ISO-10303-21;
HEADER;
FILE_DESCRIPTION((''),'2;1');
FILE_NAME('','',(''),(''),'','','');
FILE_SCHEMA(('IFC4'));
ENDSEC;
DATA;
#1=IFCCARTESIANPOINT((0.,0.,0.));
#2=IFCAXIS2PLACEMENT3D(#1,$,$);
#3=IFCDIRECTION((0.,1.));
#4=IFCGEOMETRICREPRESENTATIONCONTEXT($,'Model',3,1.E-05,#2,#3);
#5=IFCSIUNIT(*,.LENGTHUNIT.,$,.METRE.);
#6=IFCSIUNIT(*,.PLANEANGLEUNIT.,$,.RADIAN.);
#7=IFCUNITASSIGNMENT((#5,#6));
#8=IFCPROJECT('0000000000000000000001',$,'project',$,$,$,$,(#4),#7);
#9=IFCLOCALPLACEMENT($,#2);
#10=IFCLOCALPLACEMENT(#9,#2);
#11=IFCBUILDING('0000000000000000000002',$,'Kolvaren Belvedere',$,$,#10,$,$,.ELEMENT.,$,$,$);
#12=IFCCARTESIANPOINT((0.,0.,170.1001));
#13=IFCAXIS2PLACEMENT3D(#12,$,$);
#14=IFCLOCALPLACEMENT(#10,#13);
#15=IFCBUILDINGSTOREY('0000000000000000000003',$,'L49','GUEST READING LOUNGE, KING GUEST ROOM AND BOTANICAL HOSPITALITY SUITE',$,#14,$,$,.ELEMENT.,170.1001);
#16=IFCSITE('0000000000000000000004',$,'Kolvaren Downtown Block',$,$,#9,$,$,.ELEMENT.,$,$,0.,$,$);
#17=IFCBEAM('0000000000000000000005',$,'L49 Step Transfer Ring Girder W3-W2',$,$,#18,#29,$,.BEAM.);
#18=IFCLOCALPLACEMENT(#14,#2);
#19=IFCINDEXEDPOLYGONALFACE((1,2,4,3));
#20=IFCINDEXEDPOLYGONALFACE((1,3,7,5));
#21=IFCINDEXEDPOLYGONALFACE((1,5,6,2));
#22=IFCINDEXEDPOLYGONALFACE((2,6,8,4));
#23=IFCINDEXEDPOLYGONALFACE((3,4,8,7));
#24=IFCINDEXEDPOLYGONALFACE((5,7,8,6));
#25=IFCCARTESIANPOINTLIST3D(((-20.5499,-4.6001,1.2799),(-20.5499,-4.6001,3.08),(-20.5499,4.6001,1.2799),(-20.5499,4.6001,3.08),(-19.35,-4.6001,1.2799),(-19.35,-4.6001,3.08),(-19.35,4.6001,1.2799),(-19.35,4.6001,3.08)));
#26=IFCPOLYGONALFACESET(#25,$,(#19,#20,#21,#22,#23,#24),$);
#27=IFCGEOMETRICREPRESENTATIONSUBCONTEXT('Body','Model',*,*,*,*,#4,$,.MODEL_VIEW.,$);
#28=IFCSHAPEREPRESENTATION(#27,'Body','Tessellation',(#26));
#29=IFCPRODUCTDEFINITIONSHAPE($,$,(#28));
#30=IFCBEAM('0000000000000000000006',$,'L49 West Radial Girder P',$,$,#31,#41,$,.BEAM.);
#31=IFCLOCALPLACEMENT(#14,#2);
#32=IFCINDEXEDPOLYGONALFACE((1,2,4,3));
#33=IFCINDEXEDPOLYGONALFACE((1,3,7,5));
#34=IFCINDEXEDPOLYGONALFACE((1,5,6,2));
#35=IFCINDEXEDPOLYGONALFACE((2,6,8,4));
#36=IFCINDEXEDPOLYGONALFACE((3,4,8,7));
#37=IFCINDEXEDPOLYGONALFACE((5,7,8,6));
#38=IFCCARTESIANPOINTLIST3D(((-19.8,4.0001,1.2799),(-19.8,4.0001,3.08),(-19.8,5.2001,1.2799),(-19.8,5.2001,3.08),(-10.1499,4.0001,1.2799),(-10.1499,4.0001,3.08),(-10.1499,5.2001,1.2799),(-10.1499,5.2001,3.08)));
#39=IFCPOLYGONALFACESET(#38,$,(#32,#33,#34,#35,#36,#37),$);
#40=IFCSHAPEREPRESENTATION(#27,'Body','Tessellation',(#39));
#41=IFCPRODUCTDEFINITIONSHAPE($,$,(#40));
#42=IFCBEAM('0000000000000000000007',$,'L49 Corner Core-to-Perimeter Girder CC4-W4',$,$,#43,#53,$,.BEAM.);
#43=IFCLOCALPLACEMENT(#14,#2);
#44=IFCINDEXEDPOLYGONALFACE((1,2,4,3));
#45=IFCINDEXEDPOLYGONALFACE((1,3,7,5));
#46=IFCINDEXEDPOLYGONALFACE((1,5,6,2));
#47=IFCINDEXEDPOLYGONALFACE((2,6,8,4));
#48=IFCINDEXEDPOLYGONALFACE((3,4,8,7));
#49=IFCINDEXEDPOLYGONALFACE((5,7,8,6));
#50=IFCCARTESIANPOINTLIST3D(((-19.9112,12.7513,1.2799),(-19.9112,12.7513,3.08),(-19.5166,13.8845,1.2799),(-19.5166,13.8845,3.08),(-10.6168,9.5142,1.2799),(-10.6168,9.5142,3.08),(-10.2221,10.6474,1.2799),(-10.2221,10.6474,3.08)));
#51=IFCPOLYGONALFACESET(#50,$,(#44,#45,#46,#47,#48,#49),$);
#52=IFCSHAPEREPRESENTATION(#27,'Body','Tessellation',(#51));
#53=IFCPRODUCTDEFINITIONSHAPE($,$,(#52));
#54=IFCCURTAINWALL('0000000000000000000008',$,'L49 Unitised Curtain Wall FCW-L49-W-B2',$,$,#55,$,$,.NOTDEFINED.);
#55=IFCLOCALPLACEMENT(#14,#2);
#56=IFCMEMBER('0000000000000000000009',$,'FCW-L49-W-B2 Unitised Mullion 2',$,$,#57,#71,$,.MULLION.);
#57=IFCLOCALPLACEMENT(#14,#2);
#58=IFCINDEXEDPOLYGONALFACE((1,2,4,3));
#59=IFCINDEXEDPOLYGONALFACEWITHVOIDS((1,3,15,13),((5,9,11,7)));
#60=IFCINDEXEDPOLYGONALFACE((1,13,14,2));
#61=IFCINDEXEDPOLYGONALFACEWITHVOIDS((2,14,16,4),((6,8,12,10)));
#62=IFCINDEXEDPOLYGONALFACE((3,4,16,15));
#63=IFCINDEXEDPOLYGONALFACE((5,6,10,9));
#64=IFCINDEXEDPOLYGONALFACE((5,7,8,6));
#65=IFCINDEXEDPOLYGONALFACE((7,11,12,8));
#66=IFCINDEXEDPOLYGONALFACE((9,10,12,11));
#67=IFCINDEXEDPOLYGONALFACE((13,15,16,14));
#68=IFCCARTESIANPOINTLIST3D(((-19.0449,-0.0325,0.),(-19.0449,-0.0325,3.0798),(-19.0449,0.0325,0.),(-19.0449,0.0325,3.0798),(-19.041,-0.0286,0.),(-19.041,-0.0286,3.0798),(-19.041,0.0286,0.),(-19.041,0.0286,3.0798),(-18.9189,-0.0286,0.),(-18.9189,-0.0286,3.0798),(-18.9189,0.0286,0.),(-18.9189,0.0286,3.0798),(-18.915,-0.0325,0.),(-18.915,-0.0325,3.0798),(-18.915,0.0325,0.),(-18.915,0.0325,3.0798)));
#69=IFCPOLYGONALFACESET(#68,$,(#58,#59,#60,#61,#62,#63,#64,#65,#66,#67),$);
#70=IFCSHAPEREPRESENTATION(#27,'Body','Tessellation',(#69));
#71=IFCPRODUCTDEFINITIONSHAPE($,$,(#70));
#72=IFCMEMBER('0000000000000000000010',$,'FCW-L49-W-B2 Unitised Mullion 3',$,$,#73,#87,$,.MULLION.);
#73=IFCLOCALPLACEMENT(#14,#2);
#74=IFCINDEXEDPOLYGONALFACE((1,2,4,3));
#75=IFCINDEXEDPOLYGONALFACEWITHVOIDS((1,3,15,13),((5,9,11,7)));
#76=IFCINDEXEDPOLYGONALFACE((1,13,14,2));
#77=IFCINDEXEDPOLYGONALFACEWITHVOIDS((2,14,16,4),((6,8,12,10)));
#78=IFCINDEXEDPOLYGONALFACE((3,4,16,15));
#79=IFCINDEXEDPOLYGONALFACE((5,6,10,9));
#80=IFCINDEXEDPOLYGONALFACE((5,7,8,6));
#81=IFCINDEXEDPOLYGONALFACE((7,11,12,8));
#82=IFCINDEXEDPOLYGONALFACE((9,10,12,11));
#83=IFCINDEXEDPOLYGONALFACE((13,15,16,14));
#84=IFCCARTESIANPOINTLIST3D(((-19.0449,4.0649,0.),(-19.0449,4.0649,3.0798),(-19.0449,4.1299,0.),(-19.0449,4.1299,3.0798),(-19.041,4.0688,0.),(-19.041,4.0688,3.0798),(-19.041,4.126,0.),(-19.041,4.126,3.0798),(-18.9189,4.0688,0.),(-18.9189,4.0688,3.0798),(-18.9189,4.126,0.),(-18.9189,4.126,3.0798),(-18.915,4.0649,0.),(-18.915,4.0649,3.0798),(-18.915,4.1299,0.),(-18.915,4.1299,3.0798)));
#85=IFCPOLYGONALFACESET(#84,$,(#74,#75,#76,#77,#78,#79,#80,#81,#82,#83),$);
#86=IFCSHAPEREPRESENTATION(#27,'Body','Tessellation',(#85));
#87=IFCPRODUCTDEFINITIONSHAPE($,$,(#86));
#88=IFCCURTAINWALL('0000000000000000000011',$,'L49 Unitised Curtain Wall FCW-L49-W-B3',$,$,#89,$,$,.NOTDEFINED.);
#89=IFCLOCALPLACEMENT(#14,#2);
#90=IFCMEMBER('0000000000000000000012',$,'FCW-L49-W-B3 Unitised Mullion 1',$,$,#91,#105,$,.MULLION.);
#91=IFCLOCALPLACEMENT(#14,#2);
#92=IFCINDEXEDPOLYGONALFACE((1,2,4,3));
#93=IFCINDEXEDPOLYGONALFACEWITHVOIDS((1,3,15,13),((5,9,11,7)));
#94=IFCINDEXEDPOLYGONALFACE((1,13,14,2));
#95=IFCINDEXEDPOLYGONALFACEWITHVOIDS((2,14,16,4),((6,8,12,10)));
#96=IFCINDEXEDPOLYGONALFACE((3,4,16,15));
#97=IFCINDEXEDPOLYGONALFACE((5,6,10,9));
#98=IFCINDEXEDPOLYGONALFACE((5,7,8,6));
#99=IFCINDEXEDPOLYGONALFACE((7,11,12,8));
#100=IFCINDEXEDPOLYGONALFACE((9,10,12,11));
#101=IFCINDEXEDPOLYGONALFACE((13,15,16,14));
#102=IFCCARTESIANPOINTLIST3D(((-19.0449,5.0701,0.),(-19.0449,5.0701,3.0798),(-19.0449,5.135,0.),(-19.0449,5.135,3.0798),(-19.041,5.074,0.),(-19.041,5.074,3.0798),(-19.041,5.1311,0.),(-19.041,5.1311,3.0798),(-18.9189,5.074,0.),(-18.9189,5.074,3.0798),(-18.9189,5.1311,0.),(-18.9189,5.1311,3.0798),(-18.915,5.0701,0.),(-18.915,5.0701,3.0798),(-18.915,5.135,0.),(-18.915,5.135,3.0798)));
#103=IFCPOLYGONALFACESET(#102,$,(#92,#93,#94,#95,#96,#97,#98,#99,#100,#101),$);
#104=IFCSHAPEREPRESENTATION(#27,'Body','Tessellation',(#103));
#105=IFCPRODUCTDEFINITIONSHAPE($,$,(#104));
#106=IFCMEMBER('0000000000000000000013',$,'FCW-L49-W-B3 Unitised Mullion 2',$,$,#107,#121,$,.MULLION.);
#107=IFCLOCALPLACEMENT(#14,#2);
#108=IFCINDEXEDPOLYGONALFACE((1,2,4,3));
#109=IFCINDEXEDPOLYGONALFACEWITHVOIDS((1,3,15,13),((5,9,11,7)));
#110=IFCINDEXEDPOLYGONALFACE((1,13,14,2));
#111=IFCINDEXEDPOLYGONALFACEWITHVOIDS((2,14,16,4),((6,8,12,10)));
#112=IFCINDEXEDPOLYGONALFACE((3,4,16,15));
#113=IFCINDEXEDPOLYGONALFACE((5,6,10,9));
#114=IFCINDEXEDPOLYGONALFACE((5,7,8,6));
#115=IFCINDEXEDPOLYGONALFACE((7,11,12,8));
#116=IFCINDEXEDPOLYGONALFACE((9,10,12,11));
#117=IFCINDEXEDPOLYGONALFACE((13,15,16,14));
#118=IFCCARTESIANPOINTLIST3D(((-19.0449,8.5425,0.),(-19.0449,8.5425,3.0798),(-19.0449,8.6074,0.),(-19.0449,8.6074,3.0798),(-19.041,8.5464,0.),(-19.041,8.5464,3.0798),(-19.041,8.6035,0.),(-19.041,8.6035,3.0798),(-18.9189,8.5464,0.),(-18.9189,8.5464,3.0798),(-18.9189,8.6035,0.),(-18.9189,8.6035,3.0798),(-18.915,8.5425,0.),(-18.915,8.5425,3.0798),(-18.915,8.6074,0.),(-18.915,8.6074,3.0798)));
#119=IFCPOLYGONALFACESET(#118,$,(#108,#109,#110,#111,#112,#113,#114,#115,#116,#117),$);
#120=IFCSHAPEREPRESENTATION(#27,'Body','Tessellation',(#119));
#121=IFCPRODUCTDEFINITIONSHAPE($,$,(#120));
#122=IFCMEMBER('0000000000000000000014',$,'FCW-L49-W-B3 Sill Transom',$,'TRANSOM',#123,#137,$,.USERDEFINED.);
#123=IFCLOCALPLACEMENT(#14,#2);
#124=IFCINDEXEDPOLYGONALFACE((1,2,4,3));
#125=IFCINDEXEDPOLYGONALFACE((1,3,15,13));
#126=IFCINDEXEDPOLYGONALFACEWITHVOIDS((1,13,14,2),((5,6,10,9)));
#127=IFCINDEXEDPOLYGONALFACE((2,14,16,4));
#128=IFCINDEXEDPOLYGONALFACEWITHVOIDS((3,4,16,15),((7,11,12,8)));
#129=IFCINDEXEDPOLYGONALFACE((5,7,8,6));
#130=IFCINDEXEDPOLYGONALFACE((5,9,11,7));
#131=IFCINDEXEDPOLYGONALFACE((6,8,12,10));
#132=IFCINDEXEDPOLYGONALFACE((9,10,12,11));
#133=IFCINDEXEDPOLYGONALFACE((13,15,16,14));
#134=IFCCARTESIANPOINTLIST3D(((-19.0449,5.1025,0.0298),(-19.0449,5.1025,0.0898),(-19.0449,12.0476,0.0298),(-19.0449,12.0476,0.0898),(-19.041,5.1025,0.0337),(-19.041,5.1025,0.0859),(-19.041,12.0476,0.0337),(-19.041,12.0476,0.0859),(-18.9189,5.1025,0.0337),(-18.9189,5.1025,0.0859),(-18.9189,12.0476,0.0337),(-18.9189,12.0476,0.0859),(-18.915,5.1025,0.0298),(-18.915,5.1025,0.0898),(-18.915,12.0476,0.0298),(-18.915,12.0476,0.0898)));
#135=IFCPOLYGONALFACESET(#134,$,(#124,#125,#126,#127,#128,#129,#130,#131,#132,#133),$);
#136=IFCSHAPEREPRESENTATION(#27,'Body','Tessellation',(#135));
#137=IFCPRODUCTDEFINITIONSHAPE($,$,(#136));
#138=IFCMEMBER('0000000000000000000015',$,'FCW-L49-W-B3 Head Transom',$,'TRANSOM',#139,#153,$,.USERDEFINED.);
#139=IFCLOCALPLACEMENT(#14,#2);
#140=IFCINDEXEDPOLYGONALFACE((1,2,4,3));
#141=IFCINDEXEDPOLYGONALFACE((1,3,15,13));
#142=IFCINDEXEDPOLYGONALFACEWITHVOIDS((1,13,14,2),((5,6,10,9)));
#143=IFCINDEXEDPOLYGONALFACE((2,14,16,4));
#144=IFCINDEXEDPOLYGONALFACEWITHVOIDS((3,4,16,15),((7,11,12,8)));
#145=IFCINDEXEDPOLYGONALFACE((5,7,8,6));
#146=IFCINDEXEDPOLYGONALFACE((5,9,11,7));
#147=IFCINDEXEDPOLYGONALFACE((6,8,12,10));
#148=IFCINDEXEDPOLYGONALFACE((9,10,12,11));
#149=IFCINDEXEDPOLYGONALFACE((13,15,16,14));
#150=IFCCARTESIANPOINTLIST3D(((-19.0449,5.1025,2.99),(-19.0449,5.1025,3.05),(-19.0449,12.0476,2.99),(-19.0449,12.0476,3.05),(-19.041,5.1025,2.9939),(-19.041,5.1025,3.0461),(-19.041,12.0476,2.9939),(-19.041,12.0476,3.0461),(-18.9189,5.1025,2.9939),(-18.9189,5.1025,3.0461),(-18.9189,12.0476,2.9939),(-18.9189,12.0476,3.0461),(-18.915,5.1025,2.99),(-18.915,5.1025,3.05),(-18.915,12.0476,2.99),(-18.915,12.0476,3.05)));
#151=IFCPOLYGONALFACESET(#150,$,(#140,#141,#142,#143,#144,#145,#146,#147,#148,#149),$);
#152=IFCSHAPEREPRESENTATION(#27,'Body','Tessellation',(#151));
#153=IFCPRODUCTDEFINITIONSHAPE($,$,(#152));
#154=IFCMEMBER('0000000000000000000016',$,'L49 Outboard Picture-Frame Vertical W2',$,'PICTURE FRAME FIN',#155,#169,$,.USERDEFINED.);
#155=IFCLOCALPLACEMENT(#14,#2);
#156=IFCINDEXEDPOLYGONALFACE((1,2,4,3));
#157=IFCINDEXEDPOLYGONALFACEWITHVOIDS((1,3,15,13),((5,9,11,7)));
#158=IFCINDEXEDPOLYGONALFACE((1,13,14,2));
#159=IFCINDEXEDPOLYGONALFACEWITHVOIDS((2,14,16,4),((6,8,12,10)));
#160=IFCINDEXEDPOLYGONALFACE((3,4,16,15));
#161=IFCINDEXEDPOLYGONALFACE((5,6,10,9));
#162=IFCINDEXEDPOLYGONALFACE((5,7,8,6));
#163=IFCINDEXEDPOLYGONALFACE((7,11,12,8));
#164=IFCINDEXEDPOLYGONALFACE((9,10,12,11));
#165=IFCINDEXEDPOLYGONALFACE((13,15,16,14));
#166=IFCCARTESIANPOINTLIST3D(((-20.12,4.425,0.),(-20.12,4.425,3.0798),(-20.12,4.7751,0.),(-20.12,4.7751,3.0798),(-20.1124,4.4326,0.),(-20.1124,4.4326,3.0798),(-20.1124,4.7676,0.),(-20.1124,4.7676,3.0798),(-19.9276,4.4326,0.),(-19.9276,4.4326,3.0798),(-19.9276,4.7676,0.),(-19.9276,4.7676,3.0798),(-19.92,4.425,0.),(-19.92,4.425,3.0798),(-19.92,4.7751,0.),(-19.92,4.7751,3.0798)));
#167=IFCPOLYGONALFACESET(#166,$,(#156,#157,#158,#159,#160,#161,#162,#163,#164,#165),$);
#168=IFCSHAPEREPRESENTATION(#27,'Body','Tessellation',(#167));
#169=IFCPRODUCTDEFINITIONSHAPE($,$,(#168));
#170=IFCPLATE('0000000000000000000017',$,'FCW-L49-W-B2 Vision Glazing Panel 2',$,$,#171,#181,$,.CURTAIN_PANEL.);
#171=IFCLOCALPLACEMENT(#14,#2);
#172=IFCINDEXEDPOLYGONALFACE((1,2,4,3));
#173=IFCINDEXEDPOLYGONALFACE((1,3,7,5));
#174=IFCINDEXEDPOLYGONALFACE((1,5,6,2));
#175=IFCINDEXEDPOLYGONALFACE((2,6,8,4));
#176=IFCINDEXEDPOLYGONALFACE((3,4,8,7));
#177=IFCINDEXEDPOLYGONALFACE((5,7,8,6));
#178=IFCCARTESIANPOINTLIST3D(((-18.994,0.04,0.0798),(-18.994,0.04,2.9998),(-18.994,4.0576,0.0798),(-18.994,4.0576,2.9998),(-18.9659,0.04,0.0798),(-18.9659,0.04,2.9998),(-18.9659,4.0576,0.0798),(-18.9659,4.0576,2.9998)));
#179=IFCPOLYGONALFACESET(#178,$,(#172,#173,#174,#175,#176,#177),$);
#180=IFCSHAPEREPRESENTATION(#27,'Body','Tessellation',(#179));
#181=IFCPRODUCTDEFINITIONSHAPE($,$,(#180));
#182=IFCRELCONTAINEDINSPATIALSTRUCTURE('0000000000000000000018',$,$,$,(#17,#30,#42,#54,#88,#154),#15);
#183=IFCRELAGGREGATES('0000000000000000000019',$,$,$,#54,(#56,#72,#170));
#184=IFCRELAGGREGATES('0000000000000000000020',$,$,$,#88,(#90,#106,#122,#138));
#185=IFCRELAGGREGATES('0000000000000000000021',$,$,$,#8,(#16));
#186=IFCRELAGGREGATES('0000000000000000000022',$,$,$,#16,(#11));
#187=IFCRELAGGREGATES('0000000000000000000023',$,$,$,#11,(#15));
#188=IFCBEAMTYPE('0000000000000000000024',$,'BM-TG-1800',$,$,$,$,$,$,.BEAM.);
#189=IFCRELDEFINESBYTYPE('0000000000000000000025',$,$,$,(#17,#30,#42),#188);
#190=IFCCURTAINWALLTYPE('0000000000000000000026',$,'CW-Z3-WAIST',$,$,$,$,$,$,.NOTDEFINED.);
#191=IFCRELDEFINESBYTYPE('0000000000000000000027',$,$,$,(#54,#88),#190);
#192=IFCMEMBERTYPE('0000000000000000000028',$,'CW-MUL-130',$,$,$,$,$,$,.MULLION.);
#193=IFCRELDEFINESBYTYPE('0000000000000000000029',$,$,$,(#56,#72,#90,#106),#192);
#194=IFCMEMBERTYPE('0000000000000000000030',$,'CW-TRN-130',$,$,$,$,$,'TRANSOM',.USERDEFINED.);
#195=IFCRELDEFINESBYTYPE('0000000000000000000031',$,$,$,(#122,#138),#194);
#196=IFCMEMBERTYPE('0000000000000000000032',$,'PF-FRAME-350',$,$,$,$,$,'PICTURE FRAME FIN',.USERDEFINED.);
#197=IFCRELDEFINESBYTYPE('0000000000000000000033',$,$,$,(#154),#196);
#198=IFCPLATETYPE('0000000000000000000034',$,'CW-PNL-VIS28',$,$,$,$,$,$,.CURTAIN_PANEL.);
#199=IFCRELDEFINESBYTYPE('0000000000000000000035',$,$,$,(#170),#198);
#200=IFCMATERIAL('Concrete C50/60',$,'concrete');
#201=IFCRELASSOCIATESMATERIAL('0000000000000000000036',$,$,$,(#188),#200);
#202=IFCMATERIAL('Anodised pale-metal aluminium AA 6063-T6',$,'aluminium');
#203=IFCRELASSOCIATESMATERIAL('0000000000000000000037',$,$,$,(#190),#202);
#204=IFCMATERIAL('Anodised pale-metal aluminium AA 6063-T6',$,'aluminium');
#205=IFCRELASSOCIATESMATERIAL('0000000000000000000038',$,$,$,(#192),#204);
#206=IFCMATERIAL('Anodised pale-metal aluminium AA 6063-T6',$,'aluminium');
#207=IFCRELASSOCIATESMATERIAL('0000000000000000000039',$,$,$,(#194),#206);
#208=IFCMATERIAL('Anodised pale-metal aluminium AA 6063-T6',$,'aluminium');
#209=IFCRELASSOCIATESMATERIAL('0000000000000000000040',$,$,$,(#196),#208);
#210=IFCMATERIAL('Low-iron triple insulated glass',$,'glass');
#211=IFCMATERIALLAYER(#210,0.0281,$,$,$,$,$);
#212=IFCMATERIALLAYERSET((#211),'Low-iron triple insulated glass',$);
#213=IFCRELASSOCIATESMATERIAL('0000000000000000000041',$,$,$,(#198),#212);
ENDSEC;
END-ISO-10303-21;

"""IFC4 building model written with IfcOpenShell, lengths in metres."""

from ifc_helpers import new_model, si_unit, direction, frame, origin, origin_2d, place, context, subcontext, project, spatial, rectangle, hollow_rectangle, extrude, material, layer, layer_set, material_profile, profile_set, type_object, element, aggregate, save


model = new_model("IFC4")

# Units and contexts
model_context = context("Model", 3, precision=1e-05, world=origin(), true_north=direction((0.0, 1.0)))
body_context = subcontext(model_context, "Body", "Model", "MODEL_VIEW")
ifc_project = project(units=[si_unit("LENGTHUNIT", "METRE"), si_unit("PLANEANGLEUNIT", "RADIAN")], contexts=[model_context])

# Site, building, storey
site_placement = place(None, origin())
site = spatial("IfcSite", under=ifc_project, at=site_placement, Name="Kolvaren Downtown Block", CompositionType="ELEMENT", RefElevation=0.0)
building_placement = place(site_placement, origin())
building = spatial("IfcBuilding", under=site, at=building_placement, Name="Kolvaren Belvedere", CompositionType="ELEMENT")
storey_placement = place(building_placement, frame((0.0, 0.0, 170.1001)))
storey = spatial("IfcBuildingStorey", under=building, at=storey_placement, Name="L49", Description="GUEST READING LOUNGE, KING GUEST ROOM AND BOTANICAL HOSPITALITY SUITE", CompositionType="ELEMENT", Elevation=170.1001)

# Beams
ifc_material_1 = material(Name="Concrete C50/60", Category="concrete")
ifc_material_profile_1 = material_profile(ifc_material_1, rectangle(XDim=1.2, YDim=1.8, at=origin_2d()), Name="RC 1200X1800")
ifc_profile_set_1 = profile_set([ifc_material_profile_1], Name="Concrete C50/60")
beam_type_1 = type_object("IfcBeamType", Name="BM-TG-1800", PredefinedType="BEAM", material=ifc_profile_set_1)
beam_1_placement = place(storey_placement, frame((-19.95, 4.6001, 2.1799), z_axis=(0.0, -1.0, 0.0), x_axis=(1.0, 0.0, 0.0)))
element("IfcBeam", 1, at=beam_1_placement, inside=storey, type_object=beam_type_1, Name="L49 Step Transfer Ring Girder W3-W2", PredefinedType="BEAM", context=body_context, shape_type="SweptSolid", body=[
    extrude(rectangle(XDim=1.2, YDim=1.8, at=origin_2d()), origin(), (0.0, 0.0, 1.0), 9.2002),
])
beam_2_placement = place(storey_placement, frame((-10.1499, 4.6001, 2.1799), z_axis=(-1.0, 0.0, 0.0), x_axis=(0.0, -1.0, 0.0)))
element("IfcBeam", 2, at=beam_2_placement, inside=storey, type_object=beam_type_1, Name="L49 West Radial Girder P", PredefinedType="BEAM", context=body_context, shape_type="SweptSolid", body=[
    extrude(rectangle(XDim=1.2, YDim=1.8, at=origin_2d()), origin(), (0.0, 0.0, 1.0), 9.6501),
])
beam_3_placement = place(storey_placement, frame((-10.4194, 10.0808, 2.1799), z_axis=(-0.944364, 0.328903, 0.0), x_axis=(-0.328903, -0.944364, 0.0)))
element("IfcBeam", 3, at=beam_3_placement, inside=storey, type_object=beam_type_1, Name="L49 Corner Core-to-Perimeter Girder CC4-W4", PredefinedType="BEAM", context=body_context, shape_type="SweptSolid", body=[
    extrude(rectangle(XDim=1.2, YDim=1.8, at=origin_2d()), origin(), (0.0, 0.0, 1.0), 9.842),
])

# Curtain walls, members
ifc_material_2 = material(Name="Anodised pale-metal aluminium AA 6063-T6", Category="aluminium")
curtain_wall_type = type_object("IfcCurtainWallType", Name="CW-Z3-WAIST", PredefinedType="NOTDEFINED", material=ifc_material_2)
curtain_wall_1_placement = place(storey_placement, origin())
curtain_wall_1 = element("IfcCurtainWall", 4, at=curtain_wall_1_placement, inside=storey, type_object=curtain_wall_type, Name="L49 Unitised Curtain Wall FCW-L49-W-B2", PredefinedType="NOTDEFINED")
ifc_material_3 = material(Name="Anodised pale-metal aluminium AA 6063-T6", Category="aluminium")
ifc_material_profile_2 = material_profile(ifc_material_3, hollow_rectangle(XDim=0.0649, YDim=0.1299, WallThickness=0.0039, at=origin_2d()), Name="ALU-MUL-130X65")
ifc_profile_set_2 = profile_set([ifc_material_profile_2], Name="Anodised pale-metal aluminium AA 6063-T6")
member_type_1 = type_object("IfcMemberType", Name="CW-MUL-130", PredefinedType="MULLION", material=ifc_profile_set_2)
member_1_placement = place(storey_placement, frame((-18.98, 0.0, 0.0), z_axis=(0.0, 0.0, 1.0), x_axis=(0.0, 1.0, 0.0)))
member_1 = element("IfcMember", 5, at=member_1_placement, type_object=member_type_1, Name="FCW-L49-W-B2 Unitised Mullion 2", PredefinedType="MULLION", context=body_context, shape_type="SweptSolid", body=[
    extrude(hollow_rectangle(XDim=0.0649, YDim=0.1299, WallThickness=0.0039, at=origin_2d()), origin(), (0.0, 0.0, 1.0), 3.0798),
])
member_2_placement = place(storey_placement, frame((-18.98, 4.0974, 0.0), z_axis=(0.0, 0.0, 1.0), x_axis=(0.0, 1.0, 0.0)))
member_2 = element("IfcMember", 6, at=member_2_placement, type_object=member_type_1, Name="FCW-L49-W-B2 Unitised Mullion 3", PredefinedType="MULLION", context=body_context, shape_type="SweptSolid", body=[
    extrude(hollow_rectangle(XDim=0.0649, YDim=0.1299, WallThickness=0.0039, at=origin_2d()), origin(), (0.0, 0.0, 1.0), 3.0798),
])
curtain_wall_2_placement = place(storey_placement, origin())
curtain_wall_2 = element("IfcCurtainWall", 7, at=curtain_wall_2_placement, inside=storey, type_object=curtain_wall_type, Name="L49 Unitised Curtain Wall FCW-L49-W-B3", PredefinedType="NOTDEFINED")
member_3_placement = place(storey_placement, frame((-18.98, 5.1025, 0.0), z_axis=(0.0, 0.0, 1.0), x_axis=(0.0, 1.0, 0.0)))
member_3 = element("IfcMember", 8, at=member_3_placement, type_object=member_type_1, Name="FCW-L49-W-B3 Unitised Mullion 1", PredefinedType="MULLION", context=body_context, shape_type="SweptSolid", body=[
    extrude(hollow_rectangle(XDim=0.0649, YDim=0.1299, WallThickness=0.0039, at=origin_2d()), origin(), (0.0, 0.0, 1.0), 3.0798),
])
member_4_placement = place(storey_placement, frame((-18.98, 8.575, 0.0), z_axis=(0.0, 0.0, 1.0), x_axis=(0.0, 1.0, 0.0)))
member_4 = element("IfcMember", 9, at=member_4_placement, type_object=member_type_1, Name="FCW-L49-W-B3 Unitised Mullion 2", PredefinedType="MULLION", context=body_context, shape_type="SweptSolid", body=[
    extrude(hollow_rectangle(XDim=0.0649, YDim=0.1299, WallThickness=0.0039, at=origin_2d()), origin(), (0.0, 0.0, 1.0), 3.0798),
])
ifc_material_4 = material(Name="Anodised pale-metal aluminium AA 6063-T6", Category="aluminium")
ifc_material_profile_3 = material_profile(ifc_material_4, hollow_rectangle(XDim=0.0601, YDim=0.1299, WallThickness=0.0039, at=origin_2d()), Name="ALU-TRN-130X60")
ifc_profile_set_3 = profile_set([ifc_material_profile_3], Name="Anodised pale-metal aluminium AA 6063-T6")
member_type_2 = type_object("IfcMemberType", Name="CW-TRN-130", ElementType="TRANSOM", PredefinedType="USERDEFINED", material=ifc_profile_set_3)
member_5_placement = place(storey_placement, frame((-18.98, 5.1025, 0.0598), z_axis=(0.0, 1.0, 0.0), x_axis=(0.0, 0.0, 1.0)))
member_5 = element("IfcMember", 10, at=member_5_placement, type_object=member_type_2, Name="FCW-L49-W-B3 Sill Transom", ObjectType="TRANSOM", PredefinedType="USERDEFINED", context=body_context, shape_type="SweptSolid", body=[
    extrude(hollow_rectangle(XDim=0.0601, YDim=0.1299, WallThickness=0.0039, at=origin_2d()), origin(), (0.0, 0.0, 1.0), 6.9451),
])
member_6_placement = place(storey_placement, frame((-18.98, 5.1025, 3.02), z_axis=(0.0, 1.0, 0.0), x_axis=(0.0, 0.0, 1.0)))
member_6 = element("IfcMember", 11, at=member_6_placement, type_object=member_type_2, Name="FCW-L49-W-B3 Head Transom", ObjectType="TRANSOM", PredefinedType="USERDEFINED", context=body_context, shape_type="SweptSolid", body=[
    extrude(hollow_rectangle(XDim=0.0601, YDim=0.1299, WallThickness=0.0039, at=origin_2d()), origin(), (0.0, 0.0, 1.0), 6.9451),
])

# Member
ifc_material_5 = material(Name="Anodised pale-metal aluminium AA 6063-T6", Category="aluminium")
ifc_material_profile_4 = material_profile(ifc_material_5, hollow_rectangle(XDim=0.2, YDim=0.3501, WallThickness=0.0076, at=origin_2d()), Name="ALU-PF-350X200")
ifc_profile_set_4 = profile_set([ifc_material_profile_4], Name="Anodised pale-metal aluminium AA 6063-T6")
member_type_3 = type_object("IfcMemberType", Name="PF-FRAME-350", ElementType="PICTURE FRAME FIN", PredefinedType="USERDEFINED", material=ifc_profile_set_4)
member_7_placement = place(storey_placement, frame((-20.02, 4.6001, 0.0), z_axis=(0.0, 0.0, 1.0), x_axis=(1.0, 0.0, 0.0)))
element("IfcMember", 12, at=member_7_placement, inside=storey, type_object=member_type_3, Name="L49 Outboard Picture-Frame Vertical W2", ObjectType="PICTURE FRAME FIN", PredefinedType="USERDEFINED", context=body_context, shape_type="SweptSolid", body=[
    extrude(hollow_rectangle(XDim=0.2, YDim=0.3501, WallThickness=0.0076, at=origin_2d()), origin(), (0.0, 0.0, 1.0), 3.0798),
])

# Plate
ifc_material_6 = material(Name="Low-iron triple insulated glass", Category="glass")
ifc_layer_1 = layer(ifc_material_6, 0.0281)
ifc_layer_set_1 = layer_set([ifc_layer_1], Name="Low-iron triple insulated glass")
plate_type_1 = type_object("IfcPlateType", Name="CW-PNL-VIS28", PredefinedType="CURTAIN_PANEL", material=ifc_layer_set_1)
plate_1_placement = place(storey_placement, frame((-18.98, 2.0488, 0.0798), z_axis=(0.0, 0.0, 1.0), x_axis=(0.0, 1.0, 0.0)))
plate_1 = element("IfcPlate", 13, at=plate_1_placement, type_object=plate_type_1, Name="FCW-L49-W-B2 Vision Glazing Panel 2", PredefinedType="CURTAIN_PANEL", context=body_context, shape_type="SweptSolid", body=[
    extrude(rectangle(XDim=4.0176, YDim=0.0281, at=origin_2d()), origin(), (0.0, 0.0, 1.0), 2.9199),
])
aggregate(curtain_wall_1, [member_1, member_2, plate_1])
aggregate(curtain_wall_2, [member_3, member_4, member_5, member_6])

save(model, "model.ifc")
